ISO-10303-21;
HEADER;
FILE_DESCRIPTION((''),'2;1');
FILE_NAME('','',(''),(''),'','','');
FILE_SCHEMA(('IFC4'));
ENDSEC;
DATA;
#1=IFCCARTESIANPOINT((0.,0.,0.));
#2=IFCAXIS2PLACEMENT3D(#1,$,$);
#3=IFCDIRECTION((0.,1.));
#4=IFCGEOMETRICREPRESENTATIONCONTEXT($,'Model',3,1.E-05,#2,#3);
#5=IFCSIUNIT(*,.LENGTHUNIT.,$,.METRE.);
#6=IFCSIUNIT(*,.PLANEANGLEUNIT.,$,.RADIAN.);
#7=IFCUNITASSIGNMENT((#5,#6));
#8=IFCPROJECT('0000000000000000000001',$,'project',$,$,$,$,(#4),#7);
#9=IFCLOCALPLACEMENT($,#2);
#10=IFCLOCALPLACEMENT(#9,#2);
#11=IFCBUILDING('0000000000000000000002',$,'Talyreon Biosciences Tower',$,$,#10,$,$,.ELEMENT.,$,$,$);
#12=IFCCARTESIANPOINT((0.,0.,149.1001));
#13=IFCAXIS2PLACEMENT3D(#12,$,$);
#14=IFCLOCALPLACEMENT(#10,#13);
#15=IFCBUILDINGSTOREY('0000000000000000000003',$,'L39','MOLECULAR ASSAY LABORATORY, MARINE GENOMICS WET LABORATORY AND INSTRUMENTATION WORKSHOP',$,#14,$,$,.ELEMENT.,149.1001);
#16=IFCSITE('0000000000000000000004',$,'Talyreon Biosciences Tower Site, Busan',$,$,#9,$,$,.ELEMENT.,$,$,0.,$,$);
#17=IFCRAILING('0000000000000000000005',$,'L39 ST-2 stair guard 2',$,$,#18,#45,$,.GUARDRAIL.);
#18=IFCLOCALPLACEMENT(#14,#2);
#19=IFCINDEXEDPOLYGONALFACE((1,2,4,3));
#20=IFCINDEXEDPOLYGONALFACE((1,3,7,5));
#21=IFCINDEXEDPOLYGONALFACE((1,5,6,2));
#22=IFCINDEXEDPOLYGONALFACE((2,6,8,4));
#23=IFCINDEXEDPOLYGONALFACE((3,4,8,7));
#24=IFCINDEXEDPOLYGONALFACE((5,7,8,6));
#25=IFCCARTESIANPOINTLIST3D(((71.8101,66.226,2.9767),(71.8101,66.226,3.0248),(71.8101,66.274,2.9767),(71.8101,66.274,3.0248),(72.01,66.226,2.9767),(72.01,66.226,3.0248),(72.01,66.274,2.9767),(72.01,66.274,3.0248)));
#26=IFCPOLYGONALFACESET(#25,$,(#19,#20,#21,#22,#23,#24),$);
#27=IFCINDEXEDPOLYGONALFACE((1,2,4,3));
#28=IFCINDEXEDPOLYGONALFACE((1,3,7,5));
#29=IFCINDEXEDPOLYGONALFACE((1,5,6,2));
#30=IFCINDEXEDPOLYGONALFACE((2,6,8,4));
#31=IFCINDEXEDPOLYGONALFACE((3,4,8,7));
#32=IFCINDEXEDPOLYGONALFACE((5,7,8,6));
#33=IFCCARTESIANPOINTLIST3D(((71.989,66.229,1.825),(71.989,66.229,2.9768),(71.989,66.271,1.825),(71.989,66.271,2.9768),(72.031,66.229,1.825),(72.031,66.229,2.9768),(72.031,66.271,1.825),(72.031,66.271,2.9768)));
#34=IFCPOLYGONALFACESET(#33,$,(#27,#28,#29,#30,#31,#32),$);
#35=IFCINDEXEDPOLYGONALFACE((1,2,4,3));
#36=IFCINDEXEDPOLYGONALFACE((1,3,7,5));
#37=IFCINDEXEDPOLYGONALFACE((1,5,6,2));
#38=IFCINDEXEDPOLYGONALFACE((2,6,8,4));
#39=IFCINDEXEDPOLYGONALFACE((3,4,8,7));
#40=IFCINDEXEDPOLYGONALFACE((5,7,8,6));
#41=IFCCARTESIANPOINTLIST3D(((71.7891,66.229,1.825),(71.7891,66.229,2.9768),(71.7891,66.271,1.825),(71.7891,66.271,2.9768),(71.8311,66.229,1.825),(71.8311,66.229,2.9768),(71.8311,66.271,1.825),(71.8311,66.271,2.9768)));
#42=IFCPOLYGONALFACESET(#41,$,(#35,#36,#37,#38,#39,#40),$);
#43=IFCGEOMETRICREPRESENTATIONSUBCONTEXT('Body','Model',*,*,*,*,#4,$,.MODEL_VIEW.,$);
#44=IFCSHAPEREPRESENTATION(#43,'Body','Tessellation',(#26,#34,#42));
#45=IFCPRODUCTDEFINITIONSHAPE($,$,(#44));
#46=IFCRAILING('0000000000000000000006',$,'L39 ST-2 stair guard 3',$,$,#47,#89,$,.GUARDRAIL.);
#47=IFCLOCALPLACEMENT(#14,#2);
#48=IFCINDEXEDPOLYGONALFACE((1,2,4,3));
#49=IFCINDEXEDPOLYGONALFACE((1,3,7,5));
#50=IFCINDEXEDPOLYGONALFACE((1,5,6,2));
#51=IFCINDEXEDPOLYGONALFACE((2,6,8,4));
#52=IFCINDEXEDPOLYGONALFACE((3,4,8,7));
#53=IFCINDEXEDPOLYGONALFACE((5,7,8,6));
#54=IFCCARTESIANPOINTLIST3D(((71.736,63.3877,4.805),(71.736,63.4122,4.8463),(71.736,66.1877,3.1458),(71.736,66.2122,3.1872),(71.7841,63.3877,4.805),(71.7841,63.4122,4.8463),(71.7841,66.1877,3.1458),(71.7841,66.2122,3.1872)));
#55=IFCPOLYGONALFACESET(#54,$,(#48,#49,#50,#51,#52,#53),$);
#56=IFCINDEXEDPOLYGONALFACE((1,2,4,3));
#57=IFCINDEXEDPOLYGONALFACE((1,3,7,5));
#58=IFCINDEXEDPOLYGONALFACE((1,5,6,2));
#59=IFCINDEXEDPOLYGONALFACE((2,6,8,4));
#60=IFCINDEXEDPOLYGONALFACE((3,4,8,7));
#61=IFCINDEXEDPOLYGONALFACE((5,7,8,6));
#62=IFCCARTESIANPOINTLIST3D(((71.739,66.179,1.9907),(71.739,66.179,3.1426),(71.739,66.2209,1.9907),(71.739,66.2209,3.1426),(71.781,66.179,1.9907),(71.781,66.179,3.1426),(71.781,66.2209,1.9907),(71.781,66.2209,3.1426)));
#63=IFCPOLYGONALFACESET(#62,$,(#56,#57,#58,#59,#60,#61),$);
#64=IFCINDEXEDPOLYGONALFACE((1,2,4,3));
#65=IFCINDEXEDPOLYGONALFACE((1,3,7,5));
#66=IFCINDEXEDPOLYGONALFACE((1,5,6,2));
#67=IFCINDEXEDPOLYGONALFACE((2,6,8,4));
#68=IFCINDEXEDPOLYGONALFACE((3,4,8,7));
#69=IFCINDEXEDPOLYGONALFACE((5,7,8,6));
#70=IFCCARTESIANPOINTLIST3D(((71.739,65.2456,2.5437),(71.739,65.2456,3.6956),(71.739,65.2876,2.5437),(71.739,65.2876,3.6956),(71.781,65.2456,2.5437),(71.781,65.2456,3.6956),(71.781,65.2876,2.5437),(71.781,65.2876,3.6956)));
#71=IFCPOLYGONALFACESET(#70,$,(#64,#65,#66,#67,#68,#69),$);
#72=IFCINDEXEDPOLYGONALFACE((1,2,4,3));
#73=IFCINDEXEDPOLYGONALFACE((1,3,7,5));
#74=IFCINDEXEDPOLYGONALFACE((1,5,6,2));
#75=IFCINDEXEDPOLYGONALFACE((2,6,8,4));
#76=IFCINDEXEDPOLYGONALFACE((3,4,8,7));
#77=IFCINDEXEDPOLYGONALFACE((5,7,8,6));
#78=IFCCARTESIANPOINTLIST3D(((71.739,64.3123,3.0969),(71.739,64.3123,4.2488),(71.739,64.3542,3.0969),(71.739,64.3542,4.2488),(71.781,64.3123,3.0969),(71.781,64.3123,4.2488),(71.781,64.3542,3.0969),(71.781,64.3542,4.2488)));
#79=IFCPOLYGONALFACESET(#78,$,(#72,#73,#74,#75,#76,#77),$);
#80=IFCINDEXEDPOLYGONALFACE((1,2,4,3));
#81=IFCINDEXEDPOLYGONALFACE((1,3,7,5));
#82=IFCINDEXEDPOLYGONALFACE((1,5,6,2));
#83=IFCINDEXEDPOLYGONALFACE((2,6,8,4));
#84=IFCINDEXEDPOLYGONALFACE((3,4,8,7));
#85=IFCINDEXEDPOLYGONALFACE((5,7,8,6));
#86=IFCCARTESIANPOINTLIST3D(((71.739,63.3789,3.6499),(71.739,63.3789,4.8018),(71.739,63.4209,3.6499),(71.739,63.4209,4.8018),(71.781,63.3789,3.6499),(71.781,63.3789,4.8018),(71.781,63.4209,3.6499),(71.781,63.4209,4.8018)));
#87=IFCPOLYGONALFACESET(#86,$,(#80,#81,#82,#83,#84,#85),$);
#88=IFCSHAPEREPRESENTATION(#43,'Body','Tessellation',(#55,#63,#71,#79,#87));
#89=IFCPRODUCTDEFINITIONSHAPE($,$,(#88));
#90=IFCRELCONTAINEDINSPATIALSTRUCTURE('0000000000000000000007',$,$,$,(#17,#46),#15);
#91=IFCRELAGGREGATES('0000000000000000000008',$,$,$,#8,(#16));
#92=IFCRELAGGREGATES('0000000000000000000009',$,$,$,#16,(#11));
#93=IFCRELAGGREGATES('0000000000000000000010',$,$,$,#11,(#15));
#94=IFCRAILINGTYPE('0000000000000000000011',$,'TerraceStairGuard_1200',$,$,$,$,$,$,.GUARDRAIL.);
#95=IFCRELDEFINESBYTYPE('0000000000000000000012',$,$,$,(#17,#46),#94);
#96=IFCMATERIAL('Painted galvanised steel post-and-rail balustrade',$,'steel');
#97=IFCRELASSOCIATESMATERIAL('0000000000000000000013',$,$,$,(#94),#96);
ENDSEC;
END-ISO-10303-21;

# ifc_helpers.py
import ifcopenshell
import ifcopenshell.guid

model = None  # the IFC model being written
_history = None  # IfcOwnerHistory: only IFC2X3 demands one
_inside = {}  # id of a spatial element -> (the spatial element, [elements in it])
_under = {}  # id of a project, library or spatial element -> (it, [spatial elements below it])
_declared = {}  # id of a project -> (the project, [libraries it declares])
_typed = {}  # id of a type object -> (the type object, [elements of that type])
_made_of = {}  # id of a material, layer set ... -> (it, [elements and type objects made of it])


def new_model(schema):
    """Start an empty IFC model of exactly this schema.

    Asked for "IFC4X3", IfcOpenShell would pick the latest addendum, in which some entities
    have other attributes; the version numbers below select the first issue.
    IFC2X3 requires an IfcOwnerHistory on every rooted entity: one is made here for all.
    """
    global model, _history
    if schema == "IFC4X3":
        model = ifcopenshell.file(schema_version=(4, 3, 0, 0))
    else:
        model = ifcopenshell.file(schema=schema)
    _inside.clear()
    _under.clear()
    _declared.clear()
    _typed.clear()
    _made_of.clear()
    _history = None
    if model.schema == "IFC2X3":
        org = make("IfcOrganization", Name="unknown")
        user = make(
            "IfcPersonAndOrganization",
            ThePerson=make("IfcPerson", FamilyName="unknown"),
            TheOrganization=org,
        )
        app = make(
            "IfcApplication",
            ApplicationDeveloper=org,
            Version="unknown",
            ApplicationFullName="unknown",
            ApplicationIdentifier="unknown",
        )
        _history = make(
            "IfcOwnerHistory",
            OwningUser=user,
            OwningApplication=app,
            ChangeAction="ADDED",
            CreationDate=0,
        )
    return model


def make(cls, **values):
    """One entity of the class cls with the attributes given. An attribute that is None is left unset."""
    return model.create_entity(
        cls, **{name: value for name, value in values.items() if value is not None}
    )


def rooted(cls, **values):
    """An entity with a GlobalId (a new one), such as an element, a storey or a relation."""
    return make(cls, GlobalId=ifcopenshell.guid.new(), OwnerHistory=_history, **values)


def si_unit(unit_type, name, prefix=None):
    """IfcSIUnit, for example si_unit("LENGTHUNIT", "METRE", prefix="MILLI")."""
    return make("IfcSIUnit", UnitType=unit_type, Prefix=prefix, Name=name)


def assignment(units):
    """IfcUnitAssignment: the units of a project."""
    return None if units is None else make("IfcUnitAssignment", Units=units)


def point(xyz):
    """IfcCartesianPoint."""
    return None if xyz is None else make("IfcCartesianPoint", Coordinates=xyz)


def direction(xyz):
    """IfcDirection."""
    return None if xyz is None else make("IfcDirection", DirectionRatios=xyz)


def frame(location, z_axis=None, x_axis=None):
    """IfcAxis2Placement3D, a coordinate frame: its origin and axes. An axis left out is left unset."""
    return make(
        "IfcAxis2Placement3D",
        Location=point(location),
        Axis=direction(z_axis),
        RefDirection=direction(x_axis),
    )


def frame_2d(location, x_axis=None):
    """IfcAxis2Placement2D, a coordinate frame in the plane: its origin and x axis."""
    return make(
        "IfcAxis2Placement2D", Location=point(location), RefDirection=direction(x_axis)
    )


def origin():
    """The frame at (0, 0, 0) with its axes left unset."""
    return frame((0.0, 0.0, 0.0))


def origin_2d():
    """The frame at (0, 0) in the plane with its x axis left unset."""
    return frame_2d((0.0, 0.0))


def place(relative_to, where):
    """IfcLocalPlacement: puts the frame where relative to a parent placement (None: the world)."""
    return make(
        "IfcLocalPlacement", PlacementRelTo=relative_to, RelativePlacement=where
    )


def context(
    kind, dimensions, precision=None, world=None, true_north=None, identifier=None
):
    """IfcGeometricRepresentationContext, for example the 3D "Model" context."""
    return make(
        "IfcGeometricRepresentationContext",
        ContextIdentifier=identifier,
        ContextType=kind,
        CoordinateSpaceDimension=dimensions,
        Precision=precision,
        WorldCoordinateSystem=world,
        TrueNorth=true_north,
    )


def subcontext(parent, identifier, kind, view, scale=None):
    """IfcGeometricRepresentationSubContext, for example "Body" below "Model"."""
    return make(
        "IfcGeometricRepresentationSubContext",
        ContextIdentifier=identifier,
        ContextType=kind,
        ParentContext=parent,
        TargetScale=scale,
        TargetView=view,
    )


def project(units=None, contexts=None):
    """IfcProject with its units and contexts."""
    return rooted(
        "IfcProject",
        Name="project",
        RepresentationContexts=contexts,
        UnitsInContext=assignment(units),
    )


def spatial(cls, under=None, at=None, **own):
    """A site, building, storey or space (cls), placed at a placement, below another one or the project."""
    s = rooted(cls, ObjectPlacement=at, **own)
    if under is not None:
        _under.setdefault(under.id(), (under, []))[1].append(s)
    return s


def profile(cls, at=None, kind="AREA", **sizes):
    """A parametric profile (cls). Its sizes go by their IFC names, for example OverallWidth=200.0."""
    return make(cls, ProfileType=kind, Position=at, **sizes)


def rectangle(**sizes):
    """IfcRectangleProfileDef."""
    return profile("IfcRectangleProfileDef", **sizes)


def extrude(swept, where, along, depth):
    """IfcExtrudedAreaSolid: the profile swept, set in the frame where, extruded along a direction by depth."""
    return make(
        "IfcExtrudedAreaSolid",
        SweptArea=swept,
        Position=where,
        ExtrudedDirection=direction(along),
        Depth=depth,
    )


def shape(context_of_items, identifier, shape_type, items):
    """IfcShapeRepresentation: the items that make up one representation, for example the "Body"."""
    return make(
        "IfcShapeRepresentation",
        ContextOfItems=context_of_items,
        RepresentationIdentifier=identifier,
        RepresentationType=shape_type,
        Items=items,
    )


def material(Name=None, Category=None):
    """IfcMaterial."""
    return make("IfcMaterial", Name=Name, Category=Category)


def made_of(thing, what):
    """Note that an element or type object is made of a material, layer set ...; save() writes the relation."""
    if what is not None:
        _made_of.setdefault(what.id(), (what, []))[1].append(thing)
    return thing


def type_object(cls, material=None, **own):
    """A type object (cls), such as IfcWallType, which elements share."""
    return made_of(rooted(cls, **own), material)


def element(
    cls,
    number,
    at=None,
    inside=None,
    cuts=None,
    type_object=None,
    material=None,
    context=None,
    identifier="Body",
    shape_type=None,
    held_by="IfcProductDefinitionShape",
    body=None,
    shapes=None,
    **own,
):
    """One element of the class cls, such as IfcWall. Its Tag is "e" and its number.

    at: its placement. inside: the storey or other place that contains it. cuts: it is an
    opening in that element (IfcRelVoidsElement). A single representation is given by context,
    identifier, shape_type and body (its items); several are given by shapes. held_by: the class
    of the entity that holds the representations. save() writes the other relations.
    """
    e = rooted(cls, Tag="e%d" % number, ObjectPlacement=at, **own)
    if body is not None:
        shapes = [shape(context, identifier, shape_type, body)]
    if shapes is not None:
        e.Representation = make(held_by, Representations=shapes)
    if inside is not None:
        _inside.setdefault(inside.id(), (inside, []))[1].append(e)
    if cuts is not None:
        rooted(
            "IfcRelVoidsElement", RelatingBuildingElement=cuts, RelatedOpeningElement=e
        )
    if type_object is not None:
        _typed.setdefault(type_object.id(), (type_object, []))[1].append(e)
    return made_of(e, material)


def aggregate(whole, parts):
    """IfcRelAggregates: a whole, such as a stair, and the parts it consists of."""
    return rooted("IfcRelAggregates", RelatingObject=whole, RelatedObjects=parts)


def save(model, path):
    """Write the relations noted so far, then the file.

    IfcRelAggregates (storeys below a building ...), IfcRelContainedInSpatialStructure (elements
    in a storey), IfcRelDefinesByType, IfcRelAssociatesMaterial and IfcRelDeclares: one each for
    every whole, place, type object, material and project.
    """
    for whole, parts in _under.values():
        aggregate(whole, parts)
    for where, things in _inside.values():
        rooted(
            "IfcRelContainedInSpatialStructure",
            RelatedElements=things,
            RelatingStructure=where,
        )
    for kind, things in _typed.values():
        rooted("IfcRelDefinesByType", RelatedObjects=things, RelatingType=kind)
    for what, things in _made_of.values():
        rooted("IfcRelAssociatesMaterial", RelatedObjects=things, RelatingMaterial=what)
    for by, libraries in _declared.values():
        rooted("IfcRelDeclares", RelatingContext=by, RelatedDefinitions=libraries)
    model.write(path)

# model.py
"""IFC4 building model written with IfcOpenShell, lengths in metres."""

from ifc_helpers import new_model, si_unit, direction, frame, origin, origin_2d, place, context, subcontext, project, spatial, rectangle, extrude, material, type_object, element, save


model = new_model("IFC4")

# Units and contexts
model_context = context("Model", 3, precision=1e-05, world=origin(), true_north=direction((0.0, 1.0)))
body_context = subcontext(model_context, "Body", "Model", "MODEL_VIEW")
ifc_project = project(units=[si_unit("LENGTHUNIT", "METRE"), si_unit("PLANEANGLEUNIT", "RADIAN")], contexts=[model_context])

# Site, building, storey
site_placement = place(None, origin())
site = spatial("IfcSite", under=ifc_project, at=site_placement, Name="Talyreon Biosciences Tower Site, Busan", CompositionType="ELEMENT", RefElevation=0.0)
building_placement = place(site_placement, origin())
building = spatial("IfcBuilding", under=site, at=building_placement, Name="Talyreon Biosciences Tower", CompositionType="ELEMENT")
storey_placement = place(building_placement, frame((0.0, 0.0, 149.1001)))
storey = spatial("IfcBuildingStorey", under=building, at=storey_placement, Name="L39", Description="MOLECULAR ASSAY LABORATORY, MARINE GENOMICS WET LABORATORY AND INSTRUMENTATION WORKSHOP", CompositionType="ELEMENT", Elevation=149.1001)

# Railings
ifc_material_1 = material(Name="Painted galvanised steel post-and-rail balustrade", Category="steel")
railing_type = type_object("IfcRailingType", Name="TerraceStairGuard_1200", PredefinedType="GUARDRAIL", material=ifc_material_1)
railing_1_placement = place(storey_placement, frame((72.01, 66.25, 1.825)))
element("IfcRailing", 1, at=railing_1_placement, inside=storey, type_object=railing_type, Name="L39 ST-2 stair guard 2", PredefinedType="GUARDRAIL", context=body_context, shape_type="SweptSolid", body=[
    extrude(rectangle(XDim=0.0481, YDim=0.0481, at=origin_2d()), frame((0.0, 0.0, 1.1758), z_axis=(-1.0, 0.0, 0.0), x_axis=(0.0, -1.0, 0.0)), (0.0, 0.0, 1.0), 0.2),
    extrude(rectangle(XDim=0.042, YDim=0.042, at=origin_2d()), origin(), (0.0, 0.0, 1.0), 1.1519),
    extrude(rectangle(XDim=0.042, YDim=0.042, at=origin_2d()), frame((-0.2, 0.0, 0.0)), (0.0, 0.0, 1.0), 1.1519),
])
railing_2_placement = place(storey_placement, frame((71.76, 66.2, 1.9907)))
element("IfcRailing", 2, at=railing_2_placement, inside=storey, type_object=railing_type, Name="L39 ST-2 stair guard 3", PredefinedType="GUARDRAIL", context=body_context, shape_type="SweptSolid", body=[
    extrude(rectangle(XDim=0.0481, YDim=0.0481, at=origin_2d()), frame((0.0, 0.0, 1.1758), z_axis=(0.0, -0.860306, 0.509778), x_axis=(1.0, 0.0, 0.0)), (0.0, 0.0, 1.0), 3.2546),
    extrude(rectangle(XDim=0.042, YDim=0.042, at=origin_2d()), origin(), (0.0, 0.0, 1.0), 1.1519),
    extrude(rectangle(XDim=0.042, YDim=0.042, at=origin_2d()), frame((0.0, -0.9333, 0.553)), (0.0, 0.0, 1.0), 1.1519),
    extrude(rectangle(XDim=0.042, YDim=0.042, at=origin_2d()), frame((0.0, -1.8667, 1.1062)), (0.0, 0.0, 1.0), 1.1519),
    extrude(rectangle(XDim=0.042, YDim=0.042, at=origin_2d()), frame((0.0, -2.8, 1.6592)), (0.0, 0.0, 1.0), 1.1519),
])

save(model, "model.ifc")
